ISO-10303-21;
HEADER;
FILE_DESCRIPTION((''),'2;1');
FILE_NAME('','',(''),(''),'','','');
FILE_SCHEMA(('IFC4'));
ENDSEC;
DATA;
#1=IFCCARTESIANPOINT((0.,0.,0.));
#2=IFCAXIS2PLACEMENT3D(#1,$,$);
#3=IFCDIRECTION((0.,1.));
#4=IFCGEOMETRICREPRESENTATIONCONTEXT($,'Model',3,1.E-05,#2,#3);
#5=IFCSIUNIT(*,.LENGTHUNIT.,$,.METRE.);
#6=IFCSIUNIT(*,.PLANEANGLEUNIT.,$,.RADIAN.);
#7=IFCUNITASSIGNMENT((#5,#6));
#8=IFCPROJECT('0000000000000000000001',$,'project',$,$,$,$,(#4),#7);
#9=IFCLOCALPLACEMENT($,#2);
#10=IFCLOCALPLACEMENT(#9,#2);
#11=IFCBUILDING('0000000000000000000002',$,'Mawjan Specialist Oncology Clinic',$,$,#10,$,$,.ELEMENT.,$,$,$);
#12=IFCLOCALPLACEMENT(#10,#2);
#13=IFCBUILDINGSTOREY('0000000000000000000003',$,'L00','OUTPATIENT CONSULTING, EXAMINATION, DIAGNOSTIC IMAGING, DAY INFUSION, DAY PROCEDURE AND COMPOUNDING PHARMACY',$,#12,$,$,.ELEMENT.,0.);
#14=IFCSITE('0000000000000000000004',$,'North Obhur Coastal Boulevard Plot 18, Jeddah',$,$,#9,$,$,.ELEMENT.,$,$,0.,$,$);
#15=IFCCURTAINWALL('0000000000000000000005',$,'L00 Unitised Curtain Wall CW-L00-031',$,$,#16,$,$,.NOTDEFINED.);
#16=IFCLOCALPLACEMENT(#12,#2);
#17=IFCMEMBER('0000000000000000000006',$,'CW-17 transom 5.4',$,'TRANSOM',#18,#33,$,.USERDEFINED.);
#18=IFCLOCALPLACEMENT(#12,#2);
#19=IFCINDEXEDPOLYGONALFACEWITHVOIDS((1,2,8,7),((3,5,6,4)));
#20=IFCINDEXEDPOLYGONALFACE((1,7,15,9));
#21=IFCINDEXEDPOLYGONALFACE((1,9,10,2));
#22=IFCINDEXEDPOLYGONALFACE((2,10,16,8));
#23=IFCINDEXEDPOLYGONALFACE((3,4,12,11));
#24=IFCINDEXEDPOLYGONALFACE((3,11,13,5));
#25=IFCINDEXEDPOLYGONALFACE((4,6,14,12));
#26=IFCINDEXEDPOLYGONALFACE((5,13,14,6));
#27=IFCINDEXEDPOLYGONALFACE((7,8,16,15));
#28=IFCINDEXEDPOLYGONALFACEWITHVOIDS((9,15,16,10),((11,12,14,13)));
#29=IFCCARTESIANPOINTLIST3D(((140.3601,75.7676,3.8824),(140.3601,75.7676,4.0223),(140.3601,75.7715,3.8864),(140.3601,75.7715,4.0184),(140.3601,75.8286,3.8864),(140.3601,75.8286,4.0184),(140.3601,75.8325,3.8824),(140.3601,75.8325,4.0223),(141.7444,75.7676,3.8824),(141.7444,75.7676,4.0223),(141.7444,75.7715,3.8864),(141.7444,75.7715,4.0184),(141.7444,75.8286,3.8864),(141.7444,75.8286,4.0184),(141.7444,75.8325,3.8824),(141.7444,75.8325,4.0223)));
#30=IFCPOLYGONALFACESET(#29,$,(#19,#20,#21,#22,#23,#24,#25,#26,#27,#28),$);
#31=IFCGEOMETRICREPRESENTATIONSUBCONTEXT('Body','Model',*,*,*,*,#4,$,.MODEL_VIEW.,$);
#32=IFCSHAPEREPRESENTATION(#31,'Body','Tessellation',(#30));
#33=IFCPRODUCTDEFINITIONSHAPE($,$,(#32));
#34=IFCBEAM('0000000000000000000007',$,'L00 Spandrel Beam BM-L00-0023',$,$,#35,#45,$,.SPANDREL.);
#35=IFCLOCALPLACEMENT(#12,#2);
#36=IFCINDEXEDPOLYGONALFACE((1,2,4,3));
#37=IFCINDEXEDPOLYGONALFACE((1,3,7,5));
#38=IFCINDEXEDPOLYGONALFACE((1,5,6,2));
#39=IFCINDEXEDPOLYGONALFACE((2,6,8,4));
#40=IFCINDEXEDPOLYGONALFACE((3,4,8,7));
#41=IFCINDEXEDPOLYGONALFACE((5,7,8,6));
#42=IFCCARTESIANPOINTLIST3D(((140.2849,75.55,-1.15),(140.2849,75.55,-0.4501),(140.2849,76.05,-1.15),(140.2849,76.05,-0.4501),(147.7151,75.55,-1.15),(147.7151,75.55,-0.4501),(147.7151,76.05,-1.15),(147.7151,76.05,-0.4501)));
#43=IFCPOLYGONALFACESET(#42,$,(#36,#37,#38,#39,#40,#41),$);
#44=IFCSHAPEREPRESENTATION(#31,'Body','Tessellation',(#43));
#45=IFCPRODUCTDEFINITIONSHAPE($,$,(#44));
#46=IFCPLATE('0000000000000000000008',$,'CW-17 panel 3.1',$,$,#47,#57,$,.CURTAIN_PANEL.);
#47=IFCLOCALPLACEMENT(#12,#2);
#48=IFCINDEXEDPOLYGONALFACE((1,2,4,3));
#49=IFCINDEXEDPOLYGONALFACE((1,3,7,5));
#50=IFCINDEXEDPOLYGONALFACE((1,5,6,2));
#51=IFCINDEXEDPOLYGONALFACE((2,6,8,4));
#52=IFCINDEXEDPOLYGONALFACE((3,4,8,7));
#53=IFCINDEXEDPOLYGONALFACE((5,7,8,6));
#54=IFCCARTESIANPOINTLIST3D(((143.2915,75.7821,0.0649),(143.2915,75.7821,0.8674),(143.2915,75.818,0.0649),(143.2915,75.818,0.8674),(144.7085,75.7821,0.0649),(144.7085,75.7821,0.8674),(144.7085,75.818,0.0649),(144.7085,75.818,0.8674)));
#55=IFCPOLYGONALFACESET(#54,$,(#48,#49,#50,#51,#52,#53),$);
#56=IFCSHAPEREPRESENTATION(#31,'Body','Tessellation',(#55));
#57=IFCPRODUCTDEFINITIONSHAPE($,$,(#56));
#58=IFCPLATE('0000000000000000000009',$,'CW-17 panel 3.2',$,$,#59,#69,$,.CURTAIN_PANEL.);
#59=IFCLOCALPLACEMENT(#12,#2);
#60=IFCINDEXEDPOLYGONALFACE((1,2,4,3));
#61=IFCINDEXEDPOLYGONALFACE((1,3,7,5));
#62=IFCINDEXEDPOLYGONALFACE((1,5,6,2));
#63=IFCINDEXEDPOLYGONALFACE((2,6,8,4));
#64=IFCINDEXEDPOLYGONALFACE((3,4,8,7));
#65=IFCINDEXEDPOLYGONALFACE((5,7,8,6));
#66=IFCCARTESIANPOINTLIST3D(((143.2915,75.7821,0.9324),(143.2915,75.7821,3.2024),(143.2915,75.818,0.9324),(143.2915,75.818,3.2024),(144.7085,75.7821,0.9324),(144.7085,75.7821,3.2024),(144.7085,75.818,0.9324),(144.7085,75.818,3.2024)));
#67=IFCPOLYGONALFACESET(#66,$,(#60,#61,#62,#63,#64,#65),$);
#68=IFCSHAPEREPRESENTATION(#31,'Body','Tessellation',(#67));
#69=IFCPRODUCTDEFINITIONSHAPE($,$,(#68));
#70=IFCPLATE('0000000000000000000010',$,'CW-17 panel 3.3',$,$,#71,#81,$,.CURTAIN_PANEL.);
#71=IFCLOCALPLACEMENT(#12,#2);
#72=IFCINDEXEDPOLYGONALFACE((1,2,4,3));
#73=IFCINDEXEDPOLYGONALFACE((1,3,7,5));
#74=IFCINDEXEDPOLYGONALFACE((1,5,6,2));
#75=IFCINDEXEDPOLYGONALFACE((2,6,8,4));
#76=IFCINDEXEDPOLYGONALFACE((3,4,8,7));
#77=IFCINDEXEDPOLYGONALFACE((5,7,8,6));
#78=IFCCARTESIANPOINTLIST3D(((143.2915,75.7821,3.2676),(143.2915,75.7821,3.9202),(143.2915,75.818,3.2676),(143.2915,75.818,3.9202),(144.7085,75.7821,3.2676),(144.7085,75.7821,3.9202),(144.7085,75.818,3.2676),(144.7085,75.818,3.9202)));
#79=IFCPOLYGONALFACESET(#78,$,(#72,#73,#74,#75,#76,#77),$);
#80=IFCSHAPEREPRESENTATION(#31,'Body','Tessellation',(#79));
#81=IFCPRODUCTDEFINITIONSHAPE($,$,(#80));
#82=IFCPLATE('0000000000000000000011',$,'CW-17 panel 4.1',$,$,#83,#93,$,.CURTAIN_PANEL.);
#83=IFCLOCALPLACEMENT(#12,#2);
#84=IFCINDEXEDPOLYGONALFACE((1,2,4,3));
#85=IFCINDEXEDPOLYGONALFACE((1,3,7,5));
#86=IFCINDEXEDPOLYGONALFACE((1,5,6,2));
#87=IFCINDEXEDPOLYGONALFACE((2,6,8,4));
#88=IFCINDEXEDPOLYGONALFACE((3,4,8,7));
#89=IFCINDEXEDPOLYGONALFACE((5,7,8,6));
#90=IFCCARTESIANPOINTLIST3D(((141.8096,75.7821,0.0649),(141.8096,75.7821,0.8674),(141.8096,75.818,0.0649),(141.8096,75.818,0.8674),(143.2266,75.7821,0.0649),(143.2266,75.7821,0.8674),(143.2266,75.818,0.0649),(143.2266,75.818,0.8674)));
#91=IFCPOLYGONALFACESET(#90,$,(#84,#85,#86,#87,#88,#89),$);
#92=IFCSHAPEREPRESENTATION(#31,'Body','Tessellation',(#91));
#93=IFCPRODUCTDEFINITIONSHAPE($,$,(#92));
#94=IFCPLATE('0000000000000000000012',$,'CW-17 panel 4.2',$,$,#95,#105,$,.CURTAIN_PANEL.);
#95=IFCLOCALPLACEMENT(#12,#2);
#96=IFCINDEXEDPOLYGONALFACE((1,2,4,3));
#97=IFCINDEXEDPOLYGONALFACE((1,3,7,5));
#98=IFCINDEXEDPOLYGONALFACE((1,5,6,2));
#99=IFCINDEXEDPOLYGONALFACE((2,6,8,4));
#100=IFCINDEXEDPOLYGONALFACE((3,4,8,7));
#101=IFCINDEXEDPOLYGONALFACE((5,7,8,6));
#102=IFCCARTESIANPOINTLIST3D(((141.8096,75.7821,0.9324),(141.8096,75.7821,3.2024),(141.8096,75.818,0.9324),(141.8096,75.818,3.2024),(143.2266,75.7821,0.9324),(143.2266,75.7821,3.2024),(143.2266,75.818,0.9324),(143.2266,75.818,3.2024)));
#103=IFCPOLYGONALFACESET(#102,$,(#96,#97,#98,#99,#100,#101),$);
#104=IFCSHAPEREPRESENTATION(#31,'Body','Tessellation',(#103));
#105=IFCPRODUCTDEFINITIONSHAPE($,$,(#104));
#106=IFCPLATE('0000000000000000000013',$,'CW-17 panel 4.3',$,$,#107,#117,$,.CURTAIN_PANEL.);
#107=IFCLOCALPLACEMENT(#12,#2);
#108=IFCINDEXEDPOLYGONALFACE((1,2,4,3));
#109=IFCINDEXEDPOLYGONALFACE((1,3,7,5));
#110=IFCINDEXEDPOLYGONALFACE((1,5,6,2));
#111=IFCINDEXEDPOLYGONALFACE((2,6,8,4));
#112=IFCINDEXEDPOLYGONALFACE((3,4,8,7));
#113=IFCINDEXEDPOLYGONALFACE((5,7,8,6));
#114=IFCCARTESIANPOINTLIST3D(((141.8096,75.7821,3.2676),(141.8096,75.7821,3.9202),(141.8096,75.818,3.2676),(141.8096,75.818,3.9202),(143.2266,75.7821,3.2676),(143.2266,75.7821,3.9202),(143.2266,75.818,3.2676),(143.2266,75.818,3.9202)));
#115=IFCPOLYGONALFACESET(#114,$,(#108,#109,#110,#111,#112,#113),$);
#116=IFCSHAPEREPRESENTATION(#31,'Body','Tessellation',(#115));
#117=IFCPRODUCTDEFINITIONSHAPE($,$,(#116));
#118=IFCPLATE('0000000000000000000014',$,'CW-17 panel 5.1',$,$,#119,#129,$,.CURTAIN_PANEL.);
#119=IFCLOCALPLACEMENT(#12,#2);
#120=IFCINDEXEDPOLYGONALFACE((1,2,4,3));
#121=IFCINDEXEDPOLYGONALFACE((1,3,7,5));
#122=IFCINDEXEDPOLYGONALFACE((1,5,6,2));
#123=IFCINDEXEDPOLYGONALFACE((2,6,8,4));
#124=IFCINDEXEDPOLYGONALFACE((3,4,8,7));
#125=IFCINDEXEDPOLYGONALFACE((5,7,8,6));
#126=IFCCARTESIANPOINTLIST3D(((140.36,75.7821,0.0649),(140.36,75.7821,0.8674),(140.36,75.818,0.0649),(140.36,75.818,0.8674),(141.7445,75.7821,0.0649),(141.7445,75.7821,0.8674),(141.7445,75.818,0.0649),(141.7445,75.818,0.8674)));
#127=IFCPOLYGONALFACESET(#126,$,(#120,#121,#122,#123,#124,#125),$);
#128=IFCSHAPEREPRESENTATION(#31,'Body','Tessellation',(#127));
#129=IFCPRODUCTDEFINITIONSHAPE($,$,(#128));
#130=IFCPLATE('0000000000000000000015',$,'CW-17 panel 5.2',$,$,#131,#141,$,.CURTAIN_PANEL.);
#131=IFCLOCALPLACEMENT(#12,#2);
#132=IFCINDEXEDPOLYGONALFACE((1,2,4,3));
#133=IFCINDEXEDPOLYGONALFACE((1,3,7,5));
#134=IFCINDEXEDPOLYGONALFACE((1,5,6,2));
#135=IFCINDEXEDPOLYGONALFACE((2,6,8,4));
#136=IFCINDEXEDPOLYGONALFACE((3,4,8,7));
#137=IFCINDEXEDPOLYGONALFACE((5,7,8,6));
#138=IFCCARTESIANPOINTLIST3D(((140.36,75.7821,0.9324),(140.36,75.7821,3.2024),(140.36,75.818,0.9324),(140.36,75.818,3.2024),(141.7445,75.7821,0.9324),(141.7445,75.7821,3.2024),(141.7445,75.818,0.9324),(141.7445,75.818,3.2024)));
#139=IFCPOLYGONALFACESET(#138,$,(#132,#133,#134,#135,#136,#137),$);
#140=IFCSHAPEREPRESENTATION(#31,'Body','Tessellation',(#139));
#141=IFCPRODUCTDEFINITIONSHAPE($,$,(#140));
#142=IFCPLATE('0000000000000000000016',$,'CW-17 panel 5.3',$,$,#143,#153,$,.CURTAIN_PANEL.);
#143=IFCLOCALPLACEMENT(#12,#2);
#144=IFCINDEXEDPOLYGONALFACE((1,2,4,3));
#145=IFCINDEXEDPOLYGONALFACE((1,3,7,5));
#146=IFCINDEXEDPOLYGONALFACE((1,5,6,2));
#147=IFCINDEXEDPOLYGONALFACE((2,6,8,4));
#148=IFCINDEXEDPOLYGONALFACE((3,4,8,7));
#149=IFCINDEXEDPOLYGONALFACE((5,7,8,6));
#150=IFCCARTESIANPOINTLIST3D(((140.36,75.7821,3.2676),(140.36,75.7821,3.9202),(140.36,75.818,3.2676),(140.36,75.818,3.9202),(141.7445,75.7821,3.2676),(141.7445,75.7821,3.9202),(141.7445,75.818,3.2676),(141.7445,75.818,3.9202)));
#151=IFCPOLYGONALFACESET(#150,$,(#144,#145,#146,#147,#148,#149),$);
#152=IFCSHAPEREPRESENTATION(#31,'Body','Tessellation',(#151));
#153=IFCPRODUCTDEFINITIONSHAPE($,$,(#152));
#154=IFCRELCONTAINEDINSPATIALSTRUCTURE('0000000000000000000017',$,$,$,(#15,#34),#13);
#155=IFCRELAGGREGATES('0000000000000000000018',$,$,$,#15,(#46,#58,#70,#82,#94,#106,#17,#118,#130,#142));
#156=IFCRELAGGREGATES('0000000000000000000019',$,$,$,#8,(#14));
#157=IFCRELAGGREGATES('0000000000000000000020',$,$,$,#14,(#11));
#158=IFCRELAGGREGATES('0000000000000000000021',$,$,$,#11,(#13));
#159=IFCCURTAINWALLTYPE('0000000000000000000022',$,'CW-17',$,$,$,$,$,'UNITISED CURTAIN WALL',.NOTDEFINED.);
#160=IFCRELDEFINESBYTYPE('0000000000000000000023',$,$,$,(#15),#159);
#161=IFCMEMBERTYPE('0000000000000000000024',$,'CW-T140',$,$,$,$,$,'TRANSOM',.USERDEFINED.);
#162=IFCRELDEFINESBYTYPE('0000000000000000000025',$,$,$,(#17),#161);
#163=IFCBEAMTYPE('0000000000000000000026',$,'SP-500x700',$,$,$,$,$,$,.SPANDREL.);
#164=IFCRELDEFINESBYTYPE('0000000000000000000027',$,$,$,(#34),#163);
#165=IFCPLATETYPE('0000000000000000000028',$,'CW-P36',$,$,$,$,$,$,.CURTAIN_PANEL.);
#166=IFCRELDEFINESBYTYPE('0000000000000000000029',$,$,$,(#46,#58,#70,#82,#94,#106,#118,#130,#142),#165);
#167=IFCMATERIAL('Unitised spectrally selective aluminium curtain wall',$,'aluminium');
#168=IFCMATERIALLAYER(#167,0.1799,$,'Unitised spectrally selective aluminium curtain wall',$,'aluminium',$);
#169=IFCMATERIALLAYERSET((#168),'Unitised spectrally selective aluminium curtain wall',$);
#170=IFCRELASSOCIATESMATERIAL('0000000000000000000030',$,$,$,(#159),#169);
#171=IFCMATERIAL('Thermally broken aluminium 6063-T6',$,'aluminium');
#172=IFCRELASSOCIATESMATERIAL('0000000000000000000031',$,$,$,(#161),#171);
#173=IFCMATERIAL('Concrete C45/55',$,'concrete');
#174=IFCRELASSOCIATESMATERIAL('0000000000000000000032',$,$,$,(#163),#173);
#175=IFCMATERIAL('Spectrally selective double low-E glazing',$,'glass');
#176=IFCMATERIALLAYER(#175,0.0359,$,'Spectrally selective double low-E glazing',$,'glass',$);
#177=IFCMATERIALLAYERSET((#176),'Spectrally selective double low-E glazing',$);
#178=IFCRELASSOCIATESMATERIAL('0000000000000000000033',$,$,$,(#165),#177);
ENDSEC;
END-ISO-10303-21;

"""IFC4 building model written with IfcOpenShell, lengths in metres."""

from ifc_helpers import new_model, si_unit, direction, frame, origin, origin_2d, place, context, subcontext, project, spatial, rectangle, hollow_rectangle, extrude, material, layer, layer_set, material_profile, profile_set, type_object, element, aggregate, save


model = new_model("IFC4")

# Units and contexts
model_context = context("Model", 3, precision=1e-05, world=origin(), true_north=direction((0.0, 1.0)))
body_context = subcontext(model_context, "Body", "Model", "MODEL_VIEW")
ifc_project = project(units=[si_unit("LENGTHUNIT", "METRE"), si_unit("PLANEANGLEUNIT", "RADIAN")], contexts=[model_context])

# Site, building, storey
site_placement = place(None, origin())
site = spatial("IfcSite", under=ifc_project, at=site_placement, Name="North Obhur Coastal Boulevard Plot 18, Jeddah", CompositionType="ELEMENT", RefElevation=0.0)
building_placement = place(site_placement, origin())
building = spatial("IfcBuilding", under=site, at=building_placement, Name="Mawjan Specialist Oncology Clinic", CompositionType="ELEMENT")
storey_placement = place(building_placement, origin())
storey = spatial("IfcBuildingStorey", under=building, at=storey_placement, Name="L00", Description="OUTPATIENT CONSULTING, EXAMINATION, DIAGNOSTIC IMAGING, DAY INFUSION, DAY PROCEDURE AND COMPOUNDING PHARMACY", CompositionType="ELEMENT", Elevation=0.0)

# Curtain wall, member
ifc_material_1 = material(Name="Unitised spectrally selective aluminium curtain wall", Category="aluminium")
ifc_layer_1 = layer(ifc_material_1, 0.1799, Name="Unitised spectrally selective aluminium curtain wall", Category="aluminium")
ifc_layer_set_1 = layer_set([ifc_layer_1], Name="Unitised spectrally selective aluminium curtain wall")
curtain_wall_type = type_object("IfcCurtainWallType", Name="CW-17", ElementType="UNITISED CURTAIN WALL", PredefinedType="NOTDEFINED", material=ifc_layer_set_1)
curtain_wall_placement = place(storey_placement, origin())
curtain_wall = element("IfcCurtainWall", 1, at=curtain_wall_placement, inside=storey, type_object=curtain_wall_type, Name="L00 Unitised Curtain Wall CW-L00-031", PredefinedType="NOTDEFINED")
ifc_material_2 = material(Name="Thermally broken aluminium 6063-T6", Category="aluminium")
ifc_material_profile_1 = material_profile(ifc_material_2, hollow_rectangle(XDim=0.0649, YDim=0.1399, WallThickness=0.0039, at=origin_2d()), Name="ALU TRANSOM 140x65x4", Category="aluminium")
ifc_profile_set_1 = profile_set([ifc_material_profile_1], Name="Thermally broken aluminium 6063-T6")
member_type_1 = type_object("IfcMemberType", Name="CW-T140", ElementType="TRANSOM", PredefinedType="USERDEFINED", material=ifc_profile_set_1)
member_1_placement = place(storey_placement, frame((141.7444, 75.8, 3.9524), z_axis=(-1.0, 0.0, 0.0), x_axis=(0.0, -1.0, 0.0)))
member_1 = element("IfcMember", 2, at=member_1_placement, type_object=member_type_1, Name="CW-17 transom 5.4", ObjectType="TRANSOM", PredefinedType="USERDEFINED", context=body_context, shape_type="SweptSolid", body=[
    extrude(hollow_rectangle(XDim=0.0649, YDim=0.1399, WallThickness=0.0039, at=origin_2d()), origin(), (0.0, 0.0, 1.0), 1.3843),
])

# Beam
ifc_material_3 = material(Name="Concrete C45/55", Category="concrete")
ifc_material_profile_2 = material_profile(ifc_material_3, rectangle(XDim=0.5, YDim=0.7, at=origin_2d()), Name="RC BM 500x700", Category="concrete")
ifc_profile_set_2 = profile_set([ifc_material_profile_2], Name="Concrete C45/55")
beam_type_1 = type_object("IfcBeamType", Name="SP-500x700", PredefinedType="SPANDREL", material=ifc_profile_set_2)
beam_1_placement = place(storey_placement, frame((140.2849, 75.8, -0.8), z_axis=(1.0, 0.0, 0.0), x_axis=(0.0, 1.0, 0.0)))
element("IfcBeam", 3, at=beam_1_placement, inside=storey, type_object=beam_type_1, Name="L00 Spandrel Beam BM-L00-0023", PredefinedType="SPANDREL", context=body_context, shape_type="SweptSolid", body=[
    extrude(rectangle(XDim=0.5, YDim=0.7, at=origin_2d()), origin(), (0.0, 0.0, 1.0), 7.4302),
])

# Plates
ifc_material_4 = material(Name="Spectrally selective double low-E glazing", Category="glass")
ifc_layer_2 = layer(ifc_material_4, 0.0359, Name="Spectrally selective double low-E glazing", Category="glass")
ifc_layer_set_2 = layer_set([ifc_layer_2], Name="Spectrally selective double low-E glazing")
plate_type = type_object("IfcPlateType", Name="CW-P36", PredefinedType="CURTAIN_PANEL", material=ifc_layer_set_2)
plate_1_placement = place(storey_placement, frame((144.0, 75.8, 0.0649), z_axis=(0.0, 0.0, 1.0), x_axis=(-1.0, 0.0, 0.0)))
plate_1 = element("IfcPlate", 4, at=plate_1_placement, type_object=plate_type, Name="CW-17 panel 3.1", PredefinedType="CURTAIN_PANEL", context=body_context, shape_type="SweptSolid", body=[
    extrude(rectangle(XDim=1.417, YDim=0.0359, at=origin_2d()), origin(), (0.0, 0.0, 1.0), 0.8025),
])
plate_2_placement = place(storey_placement, frame((144.0, 75.8, 0.9324), z_axis=(0.0, 0.0, 1.0), x_axis=(-1.0, 0.0, 0.0)))
plate_2 = element("IfcPlate", 5, at=plate_2_placement, type_object=plate_type, Name="CW-17 panel 3.2", PredefinedType="CURTAIN_PANEL", context=body_context, shape_type="SweptSolid", body=[
    extrude(rectangle(XDim=1.417, YDim=0.0359, at=origin_2d()), origin(), (0.0, 0.0, 1.0), 2.27),
])
plate_3_placement = place(storey_placement, frame((144.0, 75.8, 3.2676), z_axis=(0.0, 0.0, 1.0), x_axis=(-1.0, 0.0, 0.0)))
plate_3 = element("IfcPlate", 6, at=plate_3_placement, type_object=plate_type, Name="CW-17 panel 3.3", PredefinedType="CURTAIN_PANEL", context=body_context, shape_type="SweptSolid", body=[
    extrude(rectangle(XDim=1.417, YDim=0.0359, at=origin_2d()), origin(), (0.0, 0.0, 1.0), 0.6526),
])
plate_4_placement = place(storey_placement, frame((142.5181, 75.8, 0.0649), z_axis=(0.0, 0.0, 1.0), x_axis=(-1.0, 0.0, 0.0)))
plate_4 = element("IfcPlate", 7, at=plate_4_placement, type_object=plate_type, Name="CW-17 panel 4.1", PredefinedType="CURTAIN_PANEL", context=body_context, shape_type="SweptSolid", body=[
    extrude(rectangle(XDim=1.417, YDim=0.0359, at=origin_2d()), origin(), (0.0, 0.0, 1.0), 0.8025),
])
plate_5_placement = place(storey_placement, frame((142.5181, 75.8, 0.9324), z_axis=(0.0, 0.0, 1.0), x_axis=(-1.0, 0.0, 0.0)))
plate_5 = element("IfcPlate", 8, at=plate_5_placement, type_object=plate_type, Name="CW-17 panel 4.2", PredefinedType="CURTAIN_PANEL", context=body_context, shape_type="SweptSolid", body=[
    extrude(rectangle(XDim=1.417, YDim=0.0359, at=origin_2d()), origin(), (0.0, 0.0, 1.0), 2.27),
])
plate_6_placement = place(storey_placement, frame((142.5181, 75.8, 3.2676), z_axis=(0.0, 0.0, 1.0), x_axis=(-1.0, 0.0, 0.0)))
plate_6 = element("IfcPlate", 9, at=plate_6_placement, type_object=plate_type, Name="CW-17 panel 4.3", PredefinedType="CURTAIN_PANEL", context=body_context, shape_type="SweptSolid", body=[
    extrude(rectangle(XDim=1.417, YDim=0.0359, at=origin_2d()), origin(), (0.0, 0.0, 1.0), 0.6526),
])
plate_7_placement = place(storey_placement, frame((141.0522, 75.8, 0.0649), z_axis=(0.0, 0.0, 1.0), x_axis=(-1.0, 0.0, 0.0)))
plate_7 = element("IfcPlate", 10, at=plate_7_placement, type_object=plate_type, Name="CW-17 panel 5.1", PredefinedType="CURTAIN_PANEL", context=body_context, shape_type="SweptSolid", body=[
    extrude(rectangle(XDim=1.3845, YDim=0.0359, at=origin_2d()), origin(), (0.0, 0.0, 1.0), 0.8025),
])
plate_8_placement = place(storey_placement, frame((141.0522, 75.8, 0.9324), z_axis=(0.0, 0.0, 1.0), x_axis=(-1.0, 0.0, 0.0)))
plate_8 = element("IfcPlate", 11, at=plate_8_placement, type_object=plate_type, Name="CW-17 panel 5.2", PredefinedType="CURTAIN_PANEL", context=body_context, shape_type="SweptSolid", body=[
    extrude(rectangle(XDim=1.3845, YDim=0.0359, at=origin_2d()), origin(), (0.0, 0.0, 1.0), 2.27),
])
plate_9_placement = place(storey_placement, frame((141.0522, 75.8, 3.2676), z_axis=(0.0, 0.0, 1.0), x_axis=(-1.0, 0.0, 0.0)))
plate_9 = element("IfcPlate", 12, at=plate_9_placement, type_object=plate_type, Name="CW-17 panel 5.3", PredefinedType="CURTAIN_PANEL", context=body_context, shape_type="SweptSolid", body=[
    extrude(rectangle(XDim=1.3845, YDim=0.0359, at=origin_2d()), origin(), (0.0, 0.0, 1.0), 0.6526),
])
aggregate(curtain_wall, [plate_1, plate_2, plate_3, plate_4, plate_5, plate_6, member_1, plate_7, plate_8, plate_9])

save(model, "model.ifc")
